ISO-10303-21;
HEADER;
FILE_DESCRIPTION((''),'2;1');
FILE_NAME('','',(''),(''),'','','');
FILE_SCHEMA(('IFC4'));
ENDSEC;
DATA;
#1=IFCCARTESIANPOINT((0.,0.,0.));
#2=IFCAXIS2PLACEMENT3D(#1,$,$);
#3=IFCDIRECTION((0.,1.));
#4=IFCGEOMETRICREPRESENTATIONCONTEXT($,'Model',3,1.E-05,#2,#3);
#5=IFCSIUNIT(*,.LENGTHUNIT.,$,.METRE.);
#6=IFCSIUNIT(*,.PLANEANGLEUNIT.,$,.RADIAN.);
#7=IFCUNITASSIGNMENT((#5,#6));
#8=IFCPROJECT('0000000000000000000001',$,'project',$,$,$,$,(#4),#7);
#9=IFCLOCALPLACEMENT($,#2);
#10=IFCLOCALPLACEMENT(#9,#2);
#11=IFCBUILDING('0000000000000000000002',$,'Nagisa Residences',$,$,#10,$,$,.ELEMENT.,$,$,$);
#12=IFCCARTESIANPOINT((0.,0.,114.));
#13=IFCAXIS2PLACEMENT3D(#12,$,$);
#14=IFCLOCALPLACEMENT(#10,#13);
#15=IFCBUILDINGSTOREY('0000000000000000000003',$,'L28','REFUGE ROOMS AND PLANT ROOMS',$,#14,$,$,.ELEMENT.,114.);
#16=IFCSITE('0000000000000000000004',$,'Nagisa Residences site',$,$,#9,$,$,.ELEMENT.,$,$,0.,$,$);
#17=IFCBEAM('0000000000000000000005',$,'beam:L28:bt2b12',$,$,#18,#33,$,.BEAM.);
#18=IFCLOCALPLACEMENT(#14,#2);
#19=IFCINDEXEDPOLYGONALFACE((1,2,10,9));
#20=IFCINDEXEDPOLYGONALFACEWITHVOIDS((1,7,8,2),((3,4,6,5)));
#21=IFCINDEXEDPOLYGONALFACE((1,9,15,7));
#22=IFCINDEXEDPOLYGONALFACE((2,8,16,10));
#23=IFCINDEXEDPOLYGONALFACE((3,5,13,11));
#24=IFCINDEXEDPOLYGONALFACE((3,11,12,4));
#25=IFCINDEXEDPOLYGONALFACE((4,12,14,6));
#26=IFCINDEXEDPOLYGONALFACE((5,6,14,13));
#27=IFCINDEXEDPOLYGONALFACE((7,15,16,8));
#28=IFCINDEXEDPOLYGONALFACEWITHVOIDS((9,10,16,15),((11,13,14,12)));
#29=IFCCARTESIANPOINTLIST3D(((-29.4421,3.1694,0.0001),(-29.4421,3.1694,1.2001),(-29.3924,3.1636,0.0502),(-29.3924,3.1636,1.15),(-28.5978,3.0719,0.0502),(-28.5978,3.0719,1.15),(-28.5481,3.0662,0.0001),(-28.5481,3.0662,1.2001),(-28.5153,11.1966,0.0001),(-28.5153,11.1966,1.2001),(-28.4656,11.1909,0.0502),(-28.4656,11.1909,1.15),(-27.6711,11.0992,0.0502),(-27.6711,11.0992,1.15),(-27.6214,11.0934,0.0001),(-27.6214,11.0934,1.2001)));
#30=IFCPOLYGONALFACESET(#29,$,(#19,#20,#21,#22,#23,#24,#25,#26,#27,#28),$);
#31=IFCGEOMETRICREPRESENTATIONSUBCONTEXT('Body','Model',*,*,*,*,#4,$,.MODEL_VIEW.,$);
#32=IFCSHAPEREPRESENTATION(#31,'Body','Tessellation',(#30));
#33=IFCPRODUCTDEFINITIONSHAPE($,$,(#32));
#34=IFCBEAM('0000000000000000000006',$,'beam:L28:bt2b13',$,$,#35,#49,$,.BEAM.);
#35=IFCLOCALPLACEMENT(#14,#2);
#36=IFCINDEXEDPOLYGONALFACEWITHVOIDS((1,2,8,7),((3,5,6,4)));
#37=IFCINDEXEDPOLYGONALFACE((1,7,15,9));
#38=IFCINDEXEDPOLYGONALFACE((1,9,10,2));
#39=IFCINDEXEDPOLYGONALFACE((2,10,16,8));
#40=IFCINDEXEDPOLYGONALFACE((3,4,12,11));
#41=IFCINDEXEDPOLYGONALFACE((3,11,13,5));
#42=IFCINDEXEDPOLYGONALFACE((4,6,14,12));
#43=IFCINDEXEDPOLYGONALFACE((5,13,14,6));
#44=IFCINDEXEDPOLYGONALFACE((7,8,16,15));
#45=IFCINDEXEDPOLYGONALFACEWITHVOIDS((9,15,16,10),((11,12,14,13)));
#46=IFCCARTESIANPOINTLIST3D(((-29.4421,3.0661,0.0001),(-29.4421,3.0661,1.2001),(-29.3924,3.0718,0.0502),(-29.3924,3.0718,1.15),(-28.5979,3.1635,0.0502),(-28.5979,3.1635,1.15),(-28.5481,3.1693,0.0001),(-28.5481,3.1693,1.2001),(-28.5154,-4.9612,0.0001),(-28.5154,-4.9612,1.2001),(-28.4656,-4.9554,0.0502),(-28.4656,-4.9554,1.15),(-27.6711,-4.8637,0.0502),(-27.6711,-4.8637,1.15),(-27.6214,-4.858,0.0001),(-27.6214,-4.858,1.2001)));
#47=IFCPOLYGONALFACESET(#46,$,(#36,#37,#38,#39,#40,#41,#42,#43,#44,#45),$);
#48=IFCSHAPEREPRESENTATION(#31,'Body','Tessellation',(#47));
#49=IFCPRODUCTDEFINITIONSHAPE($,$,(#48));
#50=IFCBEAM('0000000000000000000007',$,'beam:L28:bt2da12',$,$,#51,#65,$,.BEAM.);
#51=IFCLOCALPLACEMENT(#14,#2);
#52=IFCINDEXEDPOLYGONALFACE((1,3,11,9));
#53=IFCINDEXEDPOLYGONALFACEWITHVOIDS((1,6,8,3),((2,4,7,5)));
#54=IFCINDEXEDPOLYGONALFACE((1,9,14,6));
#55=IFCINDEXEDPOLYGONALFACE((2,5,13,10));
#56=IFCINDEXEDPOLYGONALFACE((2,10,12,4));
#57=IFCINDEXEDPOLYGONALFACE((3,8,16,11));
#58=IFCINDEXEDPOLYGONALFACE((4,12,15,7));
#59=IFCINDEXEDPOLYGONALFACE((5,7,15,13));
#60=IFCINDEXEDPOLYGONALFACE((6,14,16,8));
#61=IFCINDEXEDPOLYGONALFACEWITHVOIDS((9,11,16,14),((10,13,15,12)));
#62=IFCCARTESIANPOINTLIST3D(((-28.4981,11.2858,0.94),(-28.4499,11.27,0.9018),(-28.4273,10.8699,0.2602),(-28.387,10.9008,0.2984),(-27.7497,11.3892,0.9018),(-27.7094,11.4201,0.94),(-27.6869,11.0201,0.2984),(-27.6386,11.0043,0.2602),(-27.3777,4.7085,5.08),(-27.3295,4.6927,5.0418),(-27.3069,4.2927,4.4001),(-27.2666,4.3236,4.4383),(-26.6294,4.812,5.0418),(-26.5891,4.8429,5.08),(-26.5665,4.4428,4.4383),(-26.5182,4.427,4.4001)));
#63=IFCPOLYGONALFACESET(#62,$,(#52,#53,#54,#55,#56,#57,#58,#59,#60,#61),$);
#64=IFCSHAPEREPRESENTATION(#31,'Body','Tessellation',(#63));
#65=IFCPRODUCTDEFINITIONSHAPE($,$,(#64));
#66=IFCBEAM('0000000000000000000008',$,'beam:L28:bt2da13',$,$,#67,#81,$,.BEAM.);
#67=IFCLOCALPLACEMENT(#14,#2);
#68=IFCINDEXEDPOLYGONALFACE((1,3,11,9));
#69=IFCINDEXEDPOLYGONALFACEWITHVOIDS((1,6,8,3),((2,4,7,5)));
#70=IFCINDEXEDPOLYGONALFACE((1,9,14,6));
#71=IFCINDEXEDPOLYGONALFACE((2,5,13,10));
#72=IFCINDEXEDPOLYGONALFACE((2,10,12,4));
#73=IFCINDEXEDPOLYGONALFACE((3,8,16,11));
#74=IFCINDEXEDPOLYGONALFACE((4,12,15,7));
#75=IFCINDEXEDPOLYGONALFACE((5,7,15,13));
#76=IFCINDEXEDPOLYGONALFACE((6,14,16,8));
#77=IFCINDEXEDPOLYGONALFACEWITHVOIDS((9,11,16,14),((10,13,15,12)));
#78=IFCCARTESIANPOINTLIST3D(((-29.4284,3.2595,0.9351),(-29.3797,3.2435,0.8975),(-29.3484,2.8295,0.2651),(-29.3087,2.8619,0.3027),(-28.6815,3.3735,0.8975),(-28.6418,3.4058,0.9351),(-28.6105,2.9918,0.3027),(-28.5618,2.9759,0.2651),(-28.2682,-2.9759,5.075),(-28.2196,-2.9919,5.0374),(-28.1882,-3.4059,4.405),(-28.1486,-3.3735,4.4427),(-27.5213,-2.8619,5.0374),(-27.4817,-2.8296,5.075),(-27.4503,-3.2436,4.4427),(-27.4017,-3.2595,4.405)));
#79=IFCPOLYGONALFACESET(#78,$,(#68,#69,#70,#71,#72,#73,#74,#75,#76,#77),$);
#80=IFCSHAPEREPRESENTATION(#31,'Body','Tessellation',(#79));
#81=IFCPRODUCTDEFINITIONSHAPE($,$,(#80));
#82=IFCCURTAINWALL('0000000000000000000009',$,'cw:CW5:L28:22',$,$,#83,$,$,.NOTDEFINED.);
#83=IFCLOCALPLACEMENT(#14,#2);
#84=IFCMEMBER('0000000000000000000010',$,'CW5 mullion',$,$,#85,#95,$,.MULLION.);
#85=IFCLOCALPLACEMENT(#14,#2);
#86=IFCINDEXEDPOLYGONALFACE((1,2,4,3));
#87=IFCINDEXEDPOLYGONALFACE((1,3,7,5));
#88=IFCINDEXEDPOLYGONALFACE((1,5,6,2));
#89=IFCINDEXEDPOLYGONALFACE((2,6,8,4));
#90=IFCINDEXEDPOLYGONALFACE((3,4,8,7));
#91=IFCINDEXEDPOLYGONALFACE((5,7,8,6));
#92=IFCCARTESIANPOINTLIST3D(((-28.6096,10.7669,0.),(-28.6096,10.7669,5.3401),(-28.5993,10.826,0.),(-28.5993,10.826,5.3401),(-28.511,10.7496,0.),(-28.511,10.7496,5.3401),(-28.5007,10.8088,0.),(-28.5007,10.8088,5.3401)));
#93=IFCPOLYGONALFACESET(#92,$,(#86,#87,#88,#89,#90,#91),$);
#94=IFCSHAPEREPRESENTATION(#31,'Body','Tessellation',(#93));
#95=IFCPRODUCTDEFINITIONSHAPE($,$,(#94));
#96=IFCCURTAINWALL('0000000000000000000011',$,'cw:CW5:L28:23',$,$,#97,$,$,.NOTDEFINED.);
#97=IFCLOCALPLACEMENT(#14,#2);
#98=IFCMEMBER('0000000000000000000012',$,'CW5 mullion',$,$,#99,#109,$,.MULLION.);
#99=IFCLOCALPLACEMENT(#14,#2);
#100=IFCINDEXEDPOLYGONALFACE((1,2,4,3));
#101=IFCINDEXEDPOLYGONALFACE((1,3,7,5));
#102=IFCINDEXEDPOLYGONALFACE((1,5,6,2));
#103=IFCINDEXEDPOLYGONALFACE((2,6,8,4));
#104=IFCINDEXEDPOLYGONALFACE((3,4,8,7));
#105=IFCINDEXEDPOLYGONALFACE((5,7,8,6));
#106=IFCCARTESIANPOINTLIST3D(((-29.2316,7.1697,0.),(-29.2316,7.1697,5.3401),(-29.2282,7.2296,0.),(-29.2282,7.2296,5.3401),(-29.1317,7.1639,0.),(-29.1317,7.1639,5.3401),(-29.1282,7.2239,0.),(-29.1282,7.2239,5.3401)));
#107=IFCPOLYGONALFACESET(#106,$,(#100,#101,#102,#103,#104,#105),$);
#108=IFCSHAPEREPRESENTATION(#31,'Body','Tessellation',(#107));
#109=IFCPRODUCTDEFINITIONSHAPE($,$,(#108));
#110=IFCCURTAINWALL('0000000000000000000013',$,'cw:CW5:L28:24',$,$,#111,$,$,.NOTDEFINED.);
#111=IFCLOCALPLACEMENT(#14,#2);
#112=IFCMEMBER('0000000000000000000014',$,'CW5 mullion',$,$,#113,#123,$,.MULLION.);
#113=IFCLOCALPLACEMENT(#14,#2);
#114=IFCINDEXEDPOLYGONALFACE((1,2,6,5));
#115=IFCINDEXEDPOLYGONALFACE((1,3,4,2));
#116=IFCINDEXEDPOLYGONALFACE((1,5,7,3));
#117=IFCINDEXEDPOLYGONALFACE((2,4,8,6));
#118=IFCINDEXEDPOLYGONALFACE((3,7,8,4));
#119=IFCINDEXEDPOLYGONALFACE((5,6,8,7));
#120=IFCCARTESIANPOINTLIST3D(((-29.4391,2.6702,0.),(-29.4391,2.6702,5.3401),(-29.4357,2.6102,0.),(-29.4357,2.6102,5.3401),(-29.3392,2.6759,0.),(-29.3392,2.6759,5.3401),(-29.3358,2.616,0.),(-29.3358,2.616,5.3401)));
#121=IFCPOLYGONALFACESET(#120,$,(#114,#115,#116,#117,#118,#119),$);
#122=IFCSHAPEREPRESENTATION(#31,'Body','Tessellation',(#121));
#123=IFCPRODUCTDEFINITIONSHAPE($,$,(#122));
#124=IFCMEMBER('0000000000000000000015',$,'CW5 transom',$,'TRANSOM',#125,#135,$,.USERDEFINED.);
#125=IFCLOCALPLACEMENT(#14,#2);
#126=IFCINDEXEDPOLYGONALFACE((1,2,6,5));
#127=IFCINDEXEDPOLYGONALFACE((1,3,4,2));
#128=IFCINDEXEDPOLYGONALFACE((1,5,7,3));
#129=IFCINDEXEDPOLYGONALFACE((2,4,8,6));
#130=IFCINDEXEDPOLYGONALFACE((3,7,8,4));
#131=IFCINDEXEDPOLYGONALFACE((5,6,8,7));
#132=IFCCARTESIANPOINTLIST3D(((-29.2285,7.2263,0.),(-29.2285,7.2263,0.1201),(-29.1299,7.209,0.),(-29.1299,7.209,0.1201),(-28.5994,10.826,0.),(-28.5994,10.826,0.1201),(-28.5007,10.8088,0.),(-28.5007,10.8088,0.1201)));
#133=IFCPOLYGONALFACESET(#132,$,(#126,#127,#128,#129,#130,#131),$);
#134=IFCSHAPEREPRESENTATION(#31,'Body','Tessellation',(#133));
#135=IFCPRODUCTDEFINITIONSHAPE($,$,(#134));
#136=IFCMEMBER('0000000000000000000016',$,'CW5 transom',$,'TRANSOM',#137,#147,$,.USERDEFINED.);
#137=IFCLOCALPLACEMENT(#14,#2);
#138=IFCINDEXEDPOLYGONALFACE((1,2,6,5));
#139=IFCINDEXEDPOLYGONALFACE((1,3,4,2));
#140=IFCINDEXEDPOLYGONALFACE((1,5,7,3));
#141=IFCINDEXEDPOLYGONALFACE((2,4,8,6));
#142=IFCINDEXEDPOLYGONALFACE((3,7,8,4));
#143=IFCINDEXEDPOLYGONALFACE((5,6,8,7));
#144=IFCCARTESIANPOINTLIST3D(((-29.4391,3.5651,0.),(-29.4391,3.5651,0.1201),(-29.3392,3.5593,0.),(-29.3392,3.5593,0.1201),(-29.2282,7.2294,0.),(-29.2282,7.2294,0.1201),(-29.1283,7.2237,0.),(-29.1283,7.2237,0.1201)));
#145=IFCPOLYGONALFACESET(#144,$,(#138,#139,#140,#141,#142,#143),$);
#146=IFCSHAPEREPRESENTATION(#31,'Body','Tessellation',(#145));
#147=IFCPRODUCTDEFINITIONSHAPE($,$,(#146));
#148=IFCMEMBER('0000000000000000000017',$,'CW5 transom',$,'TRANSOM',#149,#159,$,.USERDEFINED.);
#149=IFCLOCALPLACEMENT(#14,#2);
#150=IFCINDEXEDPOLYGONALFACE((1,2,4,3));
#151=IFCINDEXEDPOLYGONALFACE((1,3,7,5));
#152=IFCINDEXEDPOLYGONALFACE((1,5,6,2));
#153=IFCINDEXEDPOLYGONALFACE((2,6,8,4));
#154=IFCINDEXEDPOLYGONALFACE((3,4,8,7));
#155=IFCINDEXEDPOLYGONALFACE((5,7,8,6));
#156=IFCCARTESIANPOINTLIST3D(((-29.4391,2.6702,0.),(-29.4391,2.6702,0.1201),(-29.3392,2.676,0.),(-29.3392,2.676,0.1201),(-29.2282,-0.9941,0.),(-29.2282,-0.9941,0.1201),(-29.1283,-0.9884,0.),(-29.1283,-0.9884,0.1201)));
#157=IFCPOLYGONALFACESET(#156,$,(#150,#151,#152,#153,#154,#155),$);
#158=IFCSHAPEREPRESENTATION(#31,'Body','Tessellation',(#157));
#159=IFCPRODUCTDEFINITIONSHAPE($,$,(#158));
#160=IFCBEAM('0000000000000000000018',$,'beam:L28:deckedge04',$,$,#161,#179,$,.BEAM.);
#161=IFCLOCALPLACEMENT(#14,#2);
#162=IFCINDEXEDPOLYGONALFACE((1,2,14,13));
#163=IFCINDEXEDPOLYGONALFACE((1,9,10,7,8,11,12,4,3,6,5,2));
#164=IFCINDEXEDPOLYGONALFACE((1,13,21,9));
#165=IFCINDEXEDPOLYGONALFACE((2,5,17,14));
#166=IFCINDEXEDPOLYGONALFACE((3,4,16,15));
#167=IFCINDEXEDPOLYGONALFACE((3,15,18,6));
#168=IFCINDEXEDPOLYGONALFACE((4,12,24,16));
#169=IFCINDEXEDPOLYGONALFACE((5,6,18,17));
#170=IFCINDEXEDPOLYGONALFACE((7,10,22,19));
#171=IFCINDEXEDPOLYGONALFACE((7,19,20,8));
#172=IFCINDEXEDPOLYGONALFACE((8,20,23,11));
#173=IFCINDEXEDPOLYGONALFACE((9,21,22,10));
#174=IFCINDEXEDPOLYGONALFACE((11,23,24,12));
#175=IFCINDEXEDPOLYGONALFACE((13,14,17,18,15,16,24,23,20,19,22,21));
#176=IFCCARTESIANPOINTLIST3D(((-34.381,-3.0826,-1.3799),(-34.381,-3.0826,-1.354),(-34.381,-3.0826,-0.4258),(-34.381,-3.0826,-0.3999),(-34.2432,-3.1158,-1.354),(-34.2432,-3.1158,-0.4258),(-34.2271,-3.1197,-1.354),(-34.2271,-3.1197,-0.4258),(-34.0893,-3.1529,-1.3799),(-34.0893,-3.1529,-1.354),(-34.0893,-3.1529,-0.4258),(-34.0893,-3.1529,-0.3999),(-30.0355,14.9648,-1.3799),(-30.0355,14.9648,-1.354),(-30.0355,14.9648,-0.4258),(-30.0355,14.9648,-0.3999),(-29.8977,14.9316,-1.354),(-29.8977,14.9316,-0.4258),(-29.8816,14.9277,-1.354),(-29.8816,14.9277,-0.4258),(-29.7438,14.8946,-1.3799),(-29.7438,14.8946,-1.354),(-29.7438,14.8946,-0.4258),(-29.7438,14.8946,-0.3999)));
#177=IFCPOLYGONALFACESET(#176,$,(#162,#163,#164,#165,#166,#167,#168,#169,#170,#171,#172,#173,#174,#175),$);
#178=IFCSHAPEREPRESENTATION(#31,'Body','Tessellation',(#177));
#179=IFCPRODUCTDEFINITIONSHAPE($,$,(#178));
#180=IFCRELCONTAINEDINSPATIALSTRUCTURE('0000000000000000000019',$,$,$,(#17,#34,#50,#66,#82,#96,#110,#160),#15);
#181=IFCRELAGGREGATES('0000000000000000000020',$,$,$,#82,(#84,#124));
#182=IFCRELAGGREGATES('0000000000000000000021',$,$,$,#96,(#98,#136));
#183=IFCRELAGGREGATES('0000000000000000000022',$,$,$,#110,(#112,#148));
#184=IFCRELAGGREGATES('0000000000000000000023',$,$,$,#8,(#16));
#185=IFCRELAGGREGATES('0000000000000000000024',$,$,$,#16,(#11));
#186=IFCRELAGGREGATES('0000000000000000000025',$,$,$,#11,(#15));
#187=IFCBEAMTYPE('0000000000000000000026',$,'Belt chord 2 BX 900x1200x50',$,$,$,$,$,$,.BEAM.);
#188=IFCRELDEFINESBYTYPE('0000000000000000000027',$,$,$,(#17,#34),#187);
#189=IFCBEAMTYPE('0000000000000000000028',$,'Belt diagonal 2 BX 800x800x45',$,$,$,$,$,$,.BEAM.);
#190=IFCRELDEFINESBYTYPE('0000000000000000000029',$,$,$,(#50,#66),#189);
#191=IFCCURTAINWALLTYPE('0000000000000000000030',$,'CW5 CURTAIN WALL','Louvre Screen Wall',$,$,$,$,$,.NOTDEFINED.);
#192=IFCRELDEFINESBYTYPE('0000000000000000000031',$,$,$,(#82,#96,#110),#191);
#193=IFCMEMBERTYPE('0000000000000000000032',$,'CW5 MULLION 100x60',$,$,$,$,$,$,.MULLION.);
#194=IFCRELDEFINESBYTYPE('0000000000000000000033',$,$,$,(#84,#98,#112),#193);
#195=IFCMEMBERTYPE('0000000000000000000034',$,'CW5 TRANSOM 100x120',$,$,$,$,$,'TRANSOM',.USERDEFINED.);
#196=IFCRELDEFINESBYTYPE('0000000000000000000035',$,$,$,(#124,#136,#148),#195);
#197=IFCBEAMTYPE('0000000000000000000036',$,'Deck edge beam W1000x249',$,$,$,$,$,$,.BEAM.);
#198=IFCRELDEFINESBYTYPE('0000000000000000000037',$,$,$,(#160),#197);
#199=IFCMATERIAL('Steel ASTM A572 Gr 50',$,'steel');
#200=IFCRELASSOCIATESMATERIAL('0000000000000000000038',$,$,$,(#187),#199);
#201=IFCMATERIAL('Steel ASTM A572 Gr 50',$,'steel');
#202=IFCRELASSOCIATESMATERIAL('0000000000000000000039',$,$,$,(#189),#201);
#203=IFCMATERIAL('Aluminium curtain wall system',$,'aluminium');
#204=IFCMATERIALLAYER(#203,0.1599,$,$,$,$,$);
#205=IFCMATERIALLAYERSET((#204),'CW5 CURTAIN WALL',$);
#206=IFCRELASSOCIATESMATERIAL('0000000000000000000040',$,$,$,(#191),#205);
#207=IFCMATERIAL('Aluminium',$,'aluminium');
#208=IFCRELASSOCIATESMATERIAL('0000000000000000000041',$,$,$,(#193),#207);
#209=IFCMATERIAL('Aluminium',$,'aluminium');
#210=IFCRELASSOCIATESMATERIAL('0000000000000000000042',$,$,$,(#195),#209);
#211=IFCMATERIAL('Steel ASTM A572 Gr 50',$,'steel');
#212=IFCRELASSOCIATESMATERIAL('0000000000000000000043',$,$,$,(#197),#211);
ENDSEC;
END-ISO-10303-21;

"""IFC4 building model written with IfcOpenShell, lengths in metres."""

from ifc_helpers import new_model, si_unit, direction, frame, origin, origin_2d, place, context, subcontext, project, spatial, rectangle, hollow_rectangle, i_section, extrude, material, layer, layer_set, material_profile, profile_set, type_object, element, aggregate, save


model = new_model("IFC4")

# Units and contexts
model_context = context("Model", 3, precision=1e-05, world=origin(), true_north=direction((0.0, 1.0)))
body_context = subcontext(model_context, "Body", "Model", "MODEL_VIEW")
ifc_project = project(units=[si_unit("LENGTHUNIT", "METRE"), si_unit("PLANEANGLEUNIT", "RADIAN")], contexts=[model_context])

# Site, building, storey
site_placement = place(None, origin())
site = spatial("IfcSite", under=ifc_project, at=site_placement, Name="Nagisa Residences site", CompositionType="ELEMENT", RefElevation=0.0)
building_placement = place(site_placement, origin())
building = spatial("IfcBuilding", under=site, at=building_placement, Name="Nagisa Residences", CompositionType="ELEMENT")
storey_placement = place(building_placement, frame((0.0, 0.0, 114.0)))
storey = spatial("IfcBuildingStorey", under=building, at=storey_placement, Name="L28", Description="REFUGE ROOMS AND PLANT ROOMS", CompositionType="ELEMENT", Elevation=114.0)

# Beams
ifc_material_1 = material(Name="Steel ASTM A572 Gr 50", Category="steel")
ifc_material_profile_1 = material_profile(ifc_material_1, hollow_rectangle(XDim=0.8999, YDim=1.2, WallThickness=0.05, at=origin_2d()), Name="BX 900x1200x50")
ifc_profile_set_1 = profile_set([ifc_material_profile_1], Name="Steel ASTM A572 Gr 50")
beam_type_1 = type_object("IfcBeamType", Name="Belt chord 2 BX 900x1200x50", PredefinedType="BEAM", material=ifc_profile_set_1)
for number, where, z_axis, x_axis, name in (
    (1, (-28.0684, 11.145, 0.6001), (-0.114688, -0.993402, 0.0), (0.993402, -0.114688, 0.0), "beam:L28:bt2b12"),
    (2, (-28.9951, 3.1177, 0.6001), (0.114688, -0.993402, 0.0), (0.993402, 0.114688, 0.0), "beam:L28:bt2b13"),
):
    element("IfcBeam", number, at=place(storey_placement, frame(where, z_axis=z_axis, x_axis=x_axis)), inside=storey, type_object=beam_type_1, Name=name, PredefinedType="BEAM", context=body_context, shape_type="SweptSolid", body=[
        extrude(hollow_rectangle(XDim=0.8999, YDim=1.2, WallThickness=0.05, at=origin_2d()), origin(), (0.0, 0.0, 1.0), 8.0806),
    ])
ifc_material_2 = material(Name="Steel ASTM A572 Gr 50", Category="steel")
ifc_material_profile_2 = material_profile(ifc_material_2, hollow_rectangle(XDim=0.8, YDim=0.8, WallThickness=0.0449, at=origin_2d()), Name="BX 800x800x45")
ifc_profile_set_2 = profile_set([ifc_material_profile_2], Name="Steel ASTM A572 Gr 50")
beam_type_2 = type_object("IfcBeamType", Name="Belt diagonal 2 BX 800x800x45", PredefinedType="BEAM", material=ifc_profile_set_2)
beam_1_placement = place(storey_placement, frame((-28.0684, 11.145, 0.6001), z_axis=(0.142686, -0.837647, 0.527245), x_axis=(0.9858, 0.167923, 0.0)))
element("IfcBeam", 3, at=beam_1_placement, inside=storey, type_object=beam_type_2, Name="beam:L28:bt2da12", PredefinedType="BEAM", context=body_context, shape_type="SweptSolid", body=[
    extrude(hollow_rectangle(XDim=0.8, YDim=0.8, WallThickness=0.0449, at=origin_2d()), origin(), (0.0, 0.0, 1.0), 7.8521),
])
beam_2_placement = place(storey_placement, frame((-28.9951, 3.1177, 0.6001), z_axis=(0.153178, -0.823266, 0.546598), x_axis=(0.983127, 0.182922, 0.0)))
element("IfcBeam", 4, at=beam_2_placement, inside=storey, type_object=beam_type_2, Name="beam:L28:bt2da13", PredefinedType="BEAM", context=body_context, shape_type="SweptSolid", body=[
    extrude(hollow_rectangle(XDim=0.8, YDim=0.8, WallThickness=0.0449, at=origin_2d()), origin(), (0.0, 0.0, 1.0), 7.574),
])

# Curtain walls, members
ifc_material_3 = material(Name="Aluminium curtain wall system", Category="aluminium")
ifc_layer_1 = layer(ifc_material_3, 0.1599)
ifc_layer_set_1 = layer_set([ifc_layer_1], Name="CW5 CURTAIN WALL")
curtain_wall_type = type_object("IfcCurtainWallType", Name="CW5 CURTAIN WALL", Description="Louvre Screen Wall", PredefinedType="NOTDEFINED", material=ifc_layer_set_1)
curtain_wall_1_placement = place(storey_placement, origin())
curtain_wall_1 = element("IfcCurtainWall", 5, at=curtain_wall_1_placement, inside=storey, type_object=curtain_wall_type, Name="cw:CW5:L28:22", PredefinedType="NOTDEFINED")
ifc_material_4 = material(Name="Aluminium", Category="aluminium")
ifc_material_profile_3 = material_profile(ifc_material_4, rectangle(XDim=0.1001, YDim=0.0601, at=origin_2d()), Name="CW5 MULLION 100x60")
ifc_profile_set_3 = profile_set([ifc_material_profile_3], Name="Aluminium")
member_type_1 = type_object("IfcMemberType", Name="CW5 MULLION 100x60", PredefinedType="MULLION", material=ifc_profile_set_3)
member_1_placement = place(storey_placement, frame((-28.5552, 10.7878, 0.0), z_axis=(0.0, 0.0, 1.0), x_axis=(0.985064, -0.172191, 0.0)))
member_1 = element("IfcMember", 6, at=member_1_placement, type_object=member_type_1, Name="CW5 mullion", PredefinedType="MULLION", context=body_context, shape_type="SweptSolid", body=[
    extrude(rectangle(XDim=0.1001, YDim=0.0601, at=origin_2d()), origin(), (0.0, 0.0, 1.0), 5.3401),
])
curtain_wall_2_placement = place(storey_placement, origin())
curtain_wall_2 = element("IfcCurtainWall", 7, at=curtain_wall_2_placement, inside=storey, type_object=curtain_wall_type, Name="cw:CW5:L28:23", PredefinedType="NOTDEFINED")
member_2_placement = place(storey_placement, frame((-29.1799, 7.1968, 0.0), z_axis=(0.0, 0.0, 1.0), x_axis=(0.998345, -0.057503, 0.0)))
member_2 = element("IfcMember", 8, at=member_2_placement, type_object=member_type_1, Name="CW5 mullion", PredefinedType="MULLION", context=body_context, shape_type="SweptSolid", body=[
    extrude(rectangle(XDim=0.1001, YDim=0.0601, at=origin_2d()), origin(), (0.0, 0.0, 1.0), 5.3401),
])
curtain_wall_3_placement = place(storey_placement, origin())
curtain_wall_3 = element("IfcCurtainWall", 9, at=curtain_wall_3_placement, inside=storey, type_object=curtain_wall_type, Name="cw:CW5:L28:24", PredefinedType="NOTDEFINED")
member_3_placement = place(storey_placement, frame((-29.3875, 2.6431, 0.0), z_axis=(0.0, 0.0, 1.0), x_axis=(0.998345, 0.057503, 0.0)))
member_3 = element("IfcMember", 10, at=member_3_placement, type_object=member_type_1, Name="CW5 mullion", PredefinedType="MULLION", context=body_context, shape_type="SweptSolid", body=[
    extrude(rectangle(XDim=0.1001, YDim=0.0601, at=origin_2d()), origin(), (0.0, 0.0, 1.0), 5.3401),
])

# Members
ifc_material_5 = material(Name="Aluminium", Category="aluminium")
ifc_material_profile_4 = material_profile(ifc_material_5, rectangle(XDim=0.1001, YDim=0.1201, at=origin_2d()), Name="CW5 TRANSOM 100x120")
ifc_profile_set_4 = profile_set([ifc_material_profile_4], Name="Aluminium")
member_type_2 = type_object("IfcMemberType", Name="CW5 TRANSOM 100x120", ElementType="TRANSOM", PredefinedType="USERDEFINED", material=ifc_profile_set_4)
member_4_placement = place(storey_placement, frame((-28.55, 10.8174, 0.0601), z_axis=(-0.172162, -0.985069, 0.0), x_axis=(0.985069, -0.172162, 0.0)))
member_4 = element("IfcMember", 11, at=member_4_placement, type_object=member_type_2, Name="CW5 transom", ObjectType="TRANSOM", PredefinedType="USERDEFINED", context=body_context, shape_type="SweptSolid", body=[
    extrude(rectangle(XDim=0.1001, YDim=0.1201, at=origin_2d()), origin(), (0.0, 0.0, 1.0), 3.6543),
])
member_5_placement = place(storey_placement, frame((-29.1782, 7.2266, 0.0601), z_axis=(-0.05747, -0.998347, 0.0), x_axis=(0.998347, -0.05747, 0.0)))
member_5 = element("IfcMember", 12, at=member_5_placement, type_object=member_type_2, Name="CW5 transom", ObjectType="TRANSOM", PredefinedType="USERDEFINED", context=body_context, shape_type="SweptSolid", body=[
    extrude(rectangle(XDim=0.1001, YDim=0.1201, at=origin_2d()), origin(), (0.0, 0.0, 1.0), 3.6704),
])
member_6_placement = place(storey_placement, frame((-29.3892, 2.6731, 0.0601), z_axis=(0.05747, -0.998347, 0.0), x_axis=(0.998347, 0.05747, 0.0)))
member_6 = element("IfcMember", 13, at=member_6_placement, type_object=member_type_2, Name="CW5 transom", ObjectType="TRANSOM", PredefinedType="USERDEFINED", context=body_context, shape_type="SweptSolid", body=[
    extrude(rectangle(XDim=0.1001, YDim=0.1201, at=origin_2d()), origin(), (0.0, 0.0, 1.0), 3.6704),
])

# Beam
ifc_material_6 = material(Name="Steel ASTM A572 Gr 50", Category="steel")
ifc_material_profile_5 = material_profile(ifc_material_6, i_section(OverallWidth=0.3, OverallDepth=0.98, WebThickness=0.0166, FlangeThickness=0.0259, at=origin_2d()), Name="W1000x249")
ifc_profile_set_5 = profile_set([ifc_material_profile_5], Name="Steel ASTM A572 Gr 50")
beam_type_3 = type_object("IfcBeamType", Name="Deck edge beam W1000x249", PredefinedType="BEAM", material=ifc_profile_set_5)
beam_3_placement = place(storey_placement, frame((-29.8896, 14.9297, -0.8899), z_axis=(-0.234091, -0.972215, 0.0), x_axis=(0.972215, -0.234091, 0.0)))
element("IfcBeam", 14, at=beam_3_placement, inside=storey, type_object=beam_type_3, Name="beam:L28:deckedge04", PredefinedType="BEAM", context=body_context, shape_type="SweptSolid", body=[
    extrude(i_section(OverallWidth=0.3, OverallDepth=0.98, WebThickness=0.0166, FlangeThickness=0.0259, at=origin_2d()), origin(), (0.0, 0.0, 1.0), 18.5632),
])

aggregate(curtain_wall_1, [member_1, member_4])
aggregate(curtain_wall_2, [member_2, member_5])
aggregate(curtain_wall_3, [member_3, member_6])

save(model, "model.ifc")
